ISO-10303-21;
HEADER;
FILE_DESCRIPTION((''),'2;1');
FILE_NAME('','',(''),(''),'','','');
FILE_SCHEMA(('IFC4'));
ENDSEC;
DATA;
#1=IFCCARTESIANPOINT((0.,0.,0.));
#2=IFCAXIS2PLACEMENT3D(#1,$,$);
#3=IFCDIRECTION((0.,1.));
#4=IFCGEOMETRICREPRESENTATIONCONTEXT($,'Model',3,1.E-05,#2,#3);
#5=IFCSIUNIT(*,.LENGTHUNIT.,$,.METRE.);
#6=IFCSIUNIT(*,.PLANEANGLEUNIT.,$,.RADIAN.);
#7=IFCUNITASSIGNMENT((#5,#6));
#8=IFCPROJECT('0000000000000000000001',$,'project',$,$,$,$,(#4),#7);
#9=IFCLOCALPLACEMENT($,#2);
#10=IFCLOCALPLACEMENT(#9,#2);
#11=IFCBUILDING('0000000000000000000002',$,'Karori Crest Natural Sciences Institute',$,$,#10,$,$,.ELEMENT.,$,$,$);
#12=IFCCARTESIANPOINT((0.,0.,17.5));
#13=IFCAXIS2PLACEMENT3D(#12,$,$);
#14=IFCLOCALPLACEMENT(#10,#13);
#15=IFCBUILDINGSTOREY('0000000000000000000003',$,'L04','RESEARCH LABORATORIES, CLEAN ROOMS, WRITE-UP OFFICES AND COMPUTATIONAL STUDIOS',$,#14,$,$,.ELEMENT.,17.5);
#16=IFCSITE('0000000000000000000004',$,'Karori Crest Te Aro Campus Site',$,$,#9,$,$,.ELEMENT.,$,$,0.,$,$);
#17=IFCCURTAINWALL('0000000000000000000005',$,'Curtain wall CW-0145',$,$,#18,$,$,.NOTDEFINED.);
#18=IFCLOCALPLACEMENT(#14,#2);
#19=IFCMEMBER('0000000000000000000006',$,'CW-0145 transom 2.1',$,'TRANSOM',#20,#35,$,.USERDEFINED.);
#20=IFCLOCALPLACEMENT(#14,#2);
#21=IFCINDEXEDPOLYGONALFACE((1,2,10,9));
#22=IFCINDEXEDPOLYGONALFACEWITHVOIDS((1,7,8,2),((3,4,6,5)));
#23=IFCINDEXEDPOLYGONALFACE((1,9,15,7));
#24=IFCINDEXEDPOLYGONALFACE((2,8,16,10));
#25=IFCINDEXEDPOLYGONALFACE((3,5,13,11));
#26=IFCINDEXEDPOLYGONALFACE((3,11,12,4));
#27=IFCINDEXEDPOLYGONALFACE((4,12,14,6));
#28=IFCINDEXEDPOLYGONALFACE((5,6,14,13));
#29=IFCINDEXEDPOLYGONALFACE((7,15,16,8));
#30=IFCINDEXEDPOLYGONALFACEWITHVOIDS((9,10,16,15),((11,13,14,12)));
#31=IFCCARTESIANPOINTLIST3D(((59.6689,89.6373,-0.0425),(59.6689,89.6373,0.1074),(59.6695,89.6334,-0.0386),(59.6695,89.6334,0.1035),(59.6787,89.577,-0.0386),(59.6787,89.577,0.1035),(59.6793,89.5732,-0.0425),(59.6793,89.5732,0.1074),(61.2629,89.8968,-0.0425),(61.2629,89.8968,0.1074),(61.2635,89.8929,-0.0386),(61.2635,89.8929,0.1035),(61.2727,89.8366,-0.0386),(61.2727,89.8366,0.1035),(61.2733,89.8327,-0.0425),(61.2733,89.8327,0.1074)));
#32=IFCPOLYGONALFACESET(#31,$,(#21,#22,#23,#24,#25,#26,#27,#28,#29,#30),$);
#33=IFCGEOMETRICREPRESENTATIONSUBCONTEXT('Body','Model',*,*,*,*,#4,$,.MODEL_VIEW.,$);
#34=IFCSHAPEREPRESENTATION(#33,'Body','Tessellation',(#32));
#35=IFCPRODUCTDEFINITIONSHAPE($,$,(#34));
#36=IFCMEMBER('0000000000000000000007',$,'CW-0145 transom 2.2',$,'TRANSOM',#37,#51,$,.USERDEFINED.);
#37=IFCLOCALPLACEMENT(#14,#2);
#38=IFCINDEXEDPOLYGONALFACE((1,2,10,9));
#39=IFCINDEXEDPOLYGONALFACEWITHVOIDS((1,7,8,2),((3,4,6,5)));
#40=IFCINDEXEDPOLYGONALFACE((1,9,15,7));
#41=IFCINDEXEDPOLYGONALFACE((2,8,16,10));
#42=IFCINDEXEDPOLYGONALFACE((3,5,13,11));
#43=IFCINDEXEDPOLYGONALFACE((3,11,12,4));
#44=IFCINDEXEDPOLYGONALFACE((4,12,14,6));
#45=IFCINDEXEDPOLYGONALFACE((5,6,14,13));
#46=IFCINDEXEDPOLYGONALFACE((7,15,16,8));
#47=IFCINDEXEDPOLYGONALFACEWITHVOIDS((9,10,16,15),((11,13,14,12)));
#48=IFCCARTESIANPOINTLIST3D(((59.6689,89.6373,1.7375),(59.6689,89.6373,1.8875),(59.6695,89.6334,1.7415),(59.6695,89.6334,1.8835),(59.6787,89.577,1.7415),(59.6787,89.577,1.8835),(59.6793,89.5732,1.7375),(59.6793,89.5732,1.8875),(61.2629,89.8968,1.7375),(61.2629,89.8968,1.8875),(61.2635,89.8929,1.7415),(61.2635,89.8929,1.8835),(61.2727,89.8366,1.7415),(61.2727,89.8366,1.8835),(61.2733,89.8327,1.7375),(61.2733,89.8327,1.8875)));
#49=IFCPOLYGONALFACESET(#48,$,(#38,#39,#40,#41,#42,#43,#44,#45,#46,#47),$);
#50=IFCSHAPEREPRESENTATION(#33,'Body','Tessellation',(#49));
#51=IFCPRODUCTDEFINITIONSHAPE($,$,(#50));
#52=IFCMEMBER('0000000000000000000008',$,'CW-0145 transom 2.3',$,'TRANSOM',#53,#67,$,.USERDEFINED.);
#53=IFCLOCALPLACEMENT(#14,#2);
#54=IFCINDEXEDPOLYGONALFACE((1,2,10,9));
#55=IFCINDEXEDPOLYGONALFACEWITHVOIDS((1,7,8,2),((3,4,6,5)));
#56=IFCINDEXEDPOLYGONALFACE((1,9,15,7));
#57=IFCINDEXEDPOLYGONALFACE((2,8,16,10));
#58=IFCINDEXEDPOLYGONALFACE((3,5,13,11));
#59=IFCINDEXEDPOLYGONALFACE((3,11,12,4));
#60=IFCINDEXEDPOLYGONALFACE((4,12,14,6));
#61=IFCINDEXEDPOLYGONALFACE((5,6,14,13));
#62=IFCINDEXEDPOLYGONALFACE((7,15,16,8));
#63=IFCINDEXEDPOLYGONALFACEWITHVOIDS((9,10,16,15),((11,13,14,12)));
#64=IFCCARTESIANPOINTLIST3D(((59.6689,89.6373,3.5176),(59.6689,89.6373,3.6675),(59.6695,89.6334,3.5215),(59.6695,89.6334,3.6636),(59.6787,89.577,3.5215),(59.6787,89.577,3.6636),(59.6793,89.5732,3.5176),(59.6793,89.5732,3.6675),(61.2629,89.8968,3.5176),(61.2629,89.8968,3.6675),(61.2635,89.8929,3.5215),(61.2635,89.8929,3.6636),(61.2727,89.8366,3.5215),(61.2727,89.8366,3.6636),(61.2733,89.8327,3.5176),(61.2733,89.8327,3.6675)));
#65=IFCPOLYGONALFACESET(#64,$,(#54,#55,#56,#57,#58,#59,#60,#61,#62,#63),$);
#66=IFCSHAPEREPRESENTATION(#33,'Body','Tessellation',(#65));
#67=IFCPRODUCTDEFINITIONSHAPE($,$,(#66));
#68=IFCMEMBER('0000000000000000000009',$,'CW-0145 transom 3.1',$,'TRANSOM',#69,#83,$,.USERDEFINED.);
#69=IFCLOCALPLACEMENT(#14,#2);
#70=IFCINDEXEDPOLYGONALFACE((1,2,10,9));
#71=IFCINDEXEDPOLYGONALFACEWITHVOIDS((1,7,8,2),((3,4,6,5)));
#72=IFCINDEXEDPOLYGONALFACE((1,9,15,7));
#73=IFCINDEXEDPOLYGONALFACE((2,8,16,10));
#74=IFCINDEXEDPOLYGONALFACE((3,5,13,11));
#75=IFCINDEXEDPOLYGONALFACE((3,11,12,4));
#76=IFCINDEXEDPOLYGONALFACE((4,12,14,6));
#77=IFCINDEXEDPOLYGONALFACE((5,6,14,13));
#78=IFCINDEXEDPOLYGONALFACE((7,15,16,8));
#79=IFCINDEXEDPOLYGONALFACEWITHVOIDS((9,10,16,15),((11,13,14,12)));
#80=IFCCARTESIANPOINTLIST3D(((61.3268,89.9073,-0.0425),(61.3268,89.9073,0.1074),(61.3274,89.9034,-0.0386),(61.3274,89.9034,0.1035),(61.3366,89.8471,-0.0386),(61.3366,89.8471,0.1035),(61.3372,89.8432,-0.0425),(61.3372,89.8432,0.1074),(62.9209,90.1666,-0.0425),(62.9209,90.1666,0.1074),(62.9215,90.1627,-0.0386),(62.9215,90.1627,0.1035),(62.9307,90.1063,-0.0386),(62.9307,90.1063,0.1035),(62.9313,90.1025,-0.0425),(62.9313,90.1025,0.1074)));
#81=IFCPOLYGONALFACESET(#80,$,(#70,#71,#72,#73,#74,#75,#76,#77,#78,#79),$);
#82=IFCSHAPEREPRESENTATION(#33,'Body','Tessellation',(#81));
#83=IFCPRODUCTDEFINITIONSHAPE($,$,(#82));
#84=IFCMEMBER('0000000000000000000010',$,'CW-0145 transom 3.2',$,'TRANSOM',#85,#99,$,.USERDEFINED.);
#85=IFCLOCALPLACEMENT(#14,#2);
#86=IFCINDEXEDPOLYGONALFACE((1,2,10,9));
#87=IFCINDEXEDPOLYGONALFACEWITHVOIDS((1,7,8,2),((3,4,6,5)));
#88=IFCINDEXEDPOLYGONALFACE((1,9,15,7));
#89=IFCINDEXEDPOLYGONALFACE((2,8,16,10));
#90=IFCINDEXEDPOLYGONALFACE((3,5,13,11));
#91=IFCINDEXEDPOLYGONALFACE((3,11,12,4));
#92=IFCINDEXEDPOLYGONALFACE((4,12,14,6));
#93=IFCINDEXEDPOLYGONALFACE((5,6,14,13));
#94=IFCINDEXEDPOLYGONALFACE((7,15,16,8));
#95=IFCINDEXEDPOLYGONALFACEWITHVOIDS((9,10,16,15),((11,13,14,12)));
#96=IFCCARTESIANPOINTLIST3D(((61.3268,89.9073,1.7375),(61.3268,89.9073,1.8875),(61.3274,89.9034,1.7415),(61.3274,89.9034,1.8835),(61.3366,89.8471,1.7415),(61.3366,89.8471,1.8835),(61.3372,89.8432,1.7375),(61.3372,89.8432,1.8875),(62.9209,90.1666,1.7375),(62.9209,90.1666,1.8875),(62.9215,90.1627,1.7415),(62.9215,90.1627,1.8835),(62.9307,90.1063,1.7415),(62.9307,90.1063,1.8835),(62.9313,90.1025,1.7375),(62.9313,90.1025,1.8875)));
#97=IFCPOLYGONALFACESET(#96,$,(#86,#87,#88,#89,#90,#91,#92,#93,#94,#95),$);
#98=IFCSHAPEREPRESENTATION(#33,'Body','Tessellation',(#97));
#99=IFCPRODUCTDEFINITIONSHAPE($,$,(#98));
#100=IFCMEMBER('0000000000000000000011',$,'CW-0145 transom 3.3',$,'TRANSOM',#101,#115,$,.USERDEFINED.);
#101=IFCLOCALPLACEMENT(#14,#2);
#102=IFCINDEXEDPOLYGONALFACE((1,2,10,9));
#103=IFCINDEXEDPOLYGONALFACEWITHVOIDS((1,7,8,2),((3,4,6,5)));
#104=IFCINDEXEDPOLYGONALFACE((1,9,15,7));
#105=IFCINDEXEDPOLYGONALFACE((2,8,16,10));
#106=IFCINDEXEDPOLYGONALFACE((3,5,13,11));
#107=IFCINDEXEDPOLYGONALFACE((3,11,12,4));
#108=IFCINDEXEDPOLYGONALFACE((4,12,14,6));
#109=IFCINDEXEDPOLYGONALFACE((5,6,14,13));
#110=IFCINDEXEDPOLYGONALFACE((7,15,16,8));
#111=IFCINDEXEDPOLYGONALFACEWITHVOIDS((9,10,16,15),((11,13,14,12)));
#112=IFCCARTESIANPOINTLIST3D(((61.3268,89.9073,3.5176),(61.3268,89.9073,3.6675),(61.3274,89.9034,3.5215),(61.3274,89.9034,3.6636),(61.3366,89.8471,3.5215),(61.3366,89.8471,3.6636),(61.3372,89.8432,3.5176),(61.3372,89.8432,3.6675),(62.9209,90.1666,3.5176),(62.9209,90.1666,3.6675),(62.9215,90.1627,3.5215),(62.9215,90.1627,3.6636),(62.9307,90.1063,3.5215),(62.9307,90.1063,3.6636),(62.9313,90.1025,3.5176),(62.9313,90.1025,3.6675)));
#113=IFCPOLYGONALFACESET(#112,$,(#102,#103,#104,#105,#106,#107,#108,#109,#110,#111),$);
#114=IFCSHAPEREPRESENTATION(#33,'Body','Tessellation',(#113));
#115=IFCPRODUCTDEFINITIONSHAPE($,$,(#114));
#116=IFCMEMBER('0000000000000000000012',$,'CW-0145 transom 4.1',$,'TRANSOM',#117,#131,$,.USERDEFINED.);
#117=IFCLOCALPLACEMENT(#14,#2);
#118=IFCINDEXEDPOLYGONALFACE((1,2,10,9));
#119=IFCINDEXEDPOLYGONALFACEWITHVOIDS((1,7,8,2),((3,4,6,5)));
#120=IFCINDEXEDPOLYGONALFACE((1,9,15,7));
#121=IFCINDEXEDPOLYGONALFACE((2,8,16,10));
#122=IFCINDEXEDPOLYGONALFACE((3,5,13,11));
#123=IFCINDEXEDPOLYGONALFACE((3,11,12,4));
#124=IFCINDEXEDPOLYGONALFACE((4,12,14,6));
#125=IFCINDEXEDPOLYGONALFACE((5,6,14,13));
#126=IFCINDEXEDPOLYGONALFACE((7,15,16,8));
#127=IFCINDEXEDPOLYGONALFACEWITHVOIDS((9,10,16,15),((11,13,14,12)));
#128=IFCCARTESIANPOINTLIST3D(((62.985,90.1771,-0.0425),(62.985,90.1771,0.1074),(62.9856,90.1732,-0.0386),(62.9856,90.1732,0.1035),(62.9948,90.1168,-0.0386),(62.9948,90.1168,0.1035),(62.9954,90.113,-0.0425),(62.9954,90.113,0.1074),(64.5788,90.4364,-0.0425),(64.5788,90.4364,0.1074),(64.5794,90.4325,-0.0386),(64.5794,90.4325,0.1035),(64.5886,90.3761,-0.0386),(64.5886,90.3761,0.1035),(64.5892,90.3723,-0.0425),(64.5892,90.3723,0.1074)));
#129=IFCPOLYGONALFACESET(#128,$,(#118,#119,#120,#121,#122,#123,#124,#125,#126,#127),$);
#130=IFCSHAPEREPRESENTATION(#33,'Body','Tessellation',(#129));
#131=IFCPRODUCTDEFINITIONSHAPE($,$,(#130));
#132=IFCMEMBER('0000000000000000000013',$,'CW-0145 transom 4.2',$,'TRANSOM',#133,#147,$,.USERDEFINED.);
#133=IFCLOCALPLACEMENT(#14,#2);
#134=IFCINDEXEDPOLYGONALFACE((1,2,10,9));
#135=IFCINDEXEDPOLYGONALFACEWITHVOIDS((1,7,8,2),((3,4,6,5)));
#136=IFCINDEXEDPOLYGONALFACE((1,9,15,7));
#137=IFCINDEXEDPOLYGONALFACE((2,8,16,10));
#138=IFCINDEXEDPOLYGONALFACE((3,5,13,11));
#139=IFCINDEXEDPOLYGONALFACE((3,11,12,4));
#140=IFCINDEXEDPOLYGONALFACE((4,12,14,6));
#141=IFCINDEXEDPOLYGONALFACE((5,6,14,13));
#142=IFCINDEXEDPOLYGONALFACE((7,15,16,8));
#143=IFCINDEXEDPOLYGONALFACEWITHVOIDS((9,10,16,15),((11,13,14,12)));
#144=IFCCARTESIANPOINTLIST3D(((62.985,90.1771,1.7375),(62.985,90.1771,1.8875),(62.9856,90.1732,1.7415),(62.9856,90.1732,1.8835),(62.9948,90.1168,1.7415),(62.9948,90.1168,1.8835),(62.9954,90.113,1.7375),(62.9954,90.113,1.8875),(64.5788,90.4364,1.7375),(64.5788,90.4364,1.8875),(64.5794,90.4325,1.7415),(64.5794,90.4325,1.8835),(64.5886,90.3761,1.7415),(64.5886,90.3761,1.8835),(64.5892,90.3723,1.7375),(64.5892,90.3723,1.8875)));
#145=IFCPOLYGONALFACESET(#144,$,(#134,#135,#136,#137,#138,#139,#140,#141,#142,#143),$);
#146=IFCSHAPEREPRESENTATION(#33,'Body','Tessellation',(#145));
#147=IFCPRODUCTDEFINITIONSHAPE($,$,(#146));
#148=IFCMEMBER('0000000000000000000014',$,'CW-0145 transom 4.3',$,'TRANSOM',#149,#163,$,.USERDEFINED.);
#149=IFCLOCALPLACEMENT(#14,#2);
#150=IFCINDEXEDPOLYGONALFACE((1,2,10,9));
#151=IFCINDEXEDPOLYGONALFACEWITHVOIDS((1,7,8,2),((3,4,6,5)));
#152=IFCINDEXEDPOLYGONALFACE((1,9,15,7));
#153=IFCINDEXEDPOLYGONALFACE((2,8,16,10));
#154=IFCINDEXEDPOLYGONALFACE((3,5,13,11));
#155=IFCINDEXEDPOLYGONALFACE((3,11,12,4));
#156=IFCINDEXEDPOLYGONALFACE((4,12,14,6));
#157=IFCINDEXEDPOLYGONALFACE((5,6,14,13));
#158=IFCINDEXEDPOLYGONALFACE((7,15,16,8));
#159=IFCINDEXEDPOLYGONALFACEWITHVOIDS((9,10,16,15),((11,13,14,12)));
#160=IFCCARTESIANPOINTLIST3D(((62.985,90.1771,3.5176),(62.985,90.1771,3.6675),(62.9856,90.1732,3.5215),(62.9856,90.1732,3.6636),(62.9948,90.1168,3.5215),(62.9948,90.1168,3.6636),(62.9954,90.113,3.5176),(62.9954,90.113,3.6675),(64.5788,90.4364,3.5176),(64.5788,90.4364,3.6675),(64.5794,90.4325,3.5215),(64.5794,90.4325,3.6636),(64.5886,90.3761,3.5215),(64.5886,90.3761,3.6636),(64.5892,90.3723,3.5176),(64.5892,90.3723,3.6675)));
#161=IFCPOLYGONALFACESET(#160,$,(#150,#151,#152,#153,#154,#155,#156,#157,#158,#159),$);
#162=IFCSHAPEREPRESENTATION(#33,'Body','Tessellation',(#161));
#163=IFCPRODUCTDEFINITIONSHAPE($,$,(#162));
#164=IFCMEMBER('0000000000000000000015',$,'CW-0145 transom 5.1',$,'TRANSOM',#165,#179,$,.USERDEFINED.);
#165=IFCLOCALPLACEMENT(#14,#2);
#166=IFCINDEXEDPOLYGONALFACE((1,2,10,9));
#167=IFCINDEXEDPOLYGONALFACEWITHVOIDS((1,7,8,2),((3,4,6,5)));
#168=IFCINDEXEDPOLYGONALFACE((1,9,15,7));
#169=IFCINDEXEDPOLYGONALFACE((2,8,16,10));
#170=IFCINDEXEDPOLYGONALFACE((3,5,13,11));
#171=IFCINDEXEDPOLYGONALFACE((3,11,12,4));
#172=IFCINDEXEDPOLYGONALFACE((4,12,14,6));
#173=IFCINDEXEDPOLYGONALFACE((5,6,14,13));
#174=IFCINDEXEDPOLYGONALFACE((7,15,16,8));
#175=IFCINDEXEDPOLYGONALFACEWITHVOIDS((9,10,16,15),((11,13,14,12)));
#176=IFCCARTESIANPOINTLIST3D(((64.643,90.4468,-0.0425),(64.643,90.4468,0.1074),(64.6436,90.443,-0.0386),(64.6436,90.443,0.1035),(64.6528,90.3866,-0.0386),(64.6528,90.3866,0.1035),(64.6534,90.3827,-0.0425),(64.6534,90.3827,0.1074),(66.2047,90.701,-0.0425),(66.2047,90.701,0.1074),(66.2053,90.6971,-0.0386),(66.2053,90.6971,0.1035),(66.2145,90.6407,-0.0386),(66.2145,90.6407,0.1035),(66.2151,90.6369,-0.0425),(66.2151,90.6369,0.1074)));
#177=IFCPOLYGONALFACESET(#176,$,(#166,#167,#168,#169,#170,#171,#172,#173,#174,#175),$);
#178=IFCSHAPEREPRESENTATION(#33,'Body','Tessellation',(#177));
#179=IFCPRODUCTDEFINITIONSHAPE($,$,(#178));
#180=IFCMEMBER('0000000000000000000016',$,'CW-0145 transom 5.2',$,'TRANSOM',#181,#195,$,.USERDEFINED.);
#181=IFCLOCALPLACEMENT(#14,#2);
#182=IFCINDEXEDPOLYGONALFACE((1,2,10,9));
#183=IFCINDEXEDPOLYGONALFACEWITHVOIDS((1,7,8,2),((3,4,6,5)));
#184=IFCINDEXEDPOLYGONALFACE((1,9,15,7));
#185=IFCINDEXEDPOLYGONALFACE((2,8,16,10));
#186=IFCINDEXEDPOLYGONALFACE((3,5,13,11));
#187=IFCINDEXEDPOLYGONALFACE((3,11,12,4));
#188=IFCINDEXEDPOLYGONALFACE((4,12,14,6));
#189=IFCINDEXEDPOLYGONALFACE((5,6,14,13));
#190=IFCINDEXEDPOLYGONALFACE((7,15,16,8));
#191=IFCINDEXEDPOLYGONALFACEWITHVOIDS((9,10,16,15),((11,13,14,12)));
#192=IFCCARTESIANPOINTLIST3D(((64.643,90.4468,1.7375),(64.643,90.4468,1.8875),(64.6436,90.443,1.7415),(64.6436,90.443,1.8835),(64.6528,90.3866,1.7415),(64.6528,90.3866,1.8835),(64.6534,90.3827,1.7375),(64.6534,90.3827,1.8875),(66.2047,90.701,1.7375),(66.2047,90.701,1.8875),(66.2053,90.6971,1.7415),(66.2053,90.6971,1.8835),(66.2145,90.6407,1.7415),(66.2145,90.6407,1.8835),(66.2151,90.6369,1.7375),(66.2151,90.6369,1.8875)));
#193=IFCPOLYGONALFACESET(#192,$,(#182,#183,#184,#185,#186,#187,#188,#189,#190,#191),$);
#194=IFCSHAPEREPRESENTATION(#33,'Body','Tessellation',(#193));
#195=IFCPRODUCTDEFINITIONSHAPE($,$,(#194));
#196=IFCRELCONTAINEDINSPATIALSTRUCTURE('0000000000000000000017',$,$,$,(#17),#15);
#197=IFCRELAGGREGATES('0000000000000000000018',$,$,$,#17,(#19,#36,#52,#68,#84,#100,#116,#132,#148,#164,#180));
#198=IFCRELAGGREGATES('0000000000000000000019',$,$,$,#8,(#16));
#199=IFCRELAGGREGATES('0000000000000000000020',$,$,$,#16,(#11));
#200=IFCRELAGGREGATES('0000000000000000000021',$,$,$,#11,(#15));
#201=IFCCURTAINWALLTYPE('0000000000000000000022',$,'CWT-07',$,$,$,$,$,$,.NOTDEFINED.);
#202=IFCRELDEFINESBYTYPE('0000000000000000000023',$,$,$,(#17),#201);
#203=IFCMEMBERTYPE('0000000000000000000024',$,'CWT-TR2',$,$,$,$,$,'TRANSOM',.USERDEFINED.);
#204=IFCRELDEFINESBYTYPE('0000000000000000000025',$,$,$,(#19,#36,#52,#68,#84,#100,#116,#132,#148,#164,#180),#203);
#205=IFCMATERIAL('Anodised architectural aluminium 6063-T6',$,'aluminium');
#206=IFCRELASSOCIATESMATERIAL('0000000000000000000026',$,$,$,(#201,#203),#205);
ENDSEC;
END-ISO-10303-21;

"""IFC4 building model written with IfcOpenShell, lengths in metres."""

from ifc_helpers import new_model, si_unit, direction, frame, origin, origin_2d, place, context, subcontext, project, spatial, hollow_rectangle, extrude, material, material_profile, profile_set, type_object, element, aggregate, save


model = new_model("IFC4")

# Units and contexts
model_context = context("Model", 3, precision=1e-05, world=origin(), true_north=direction((0.0, 1.0)))
body_context = subcontext(model_context, "Body", "Model", "MODEL_VIEW")
ifc_project = project(units=[si_unit("LENGTHUNIT", "METRE"), si_unit("PLANEANGLEUNIT", "RADIAN")], contexts=[model_context])

# Site, building, storey
site_placement = place(None, origin())
site = spatial("IfcSite", under=ifc_project, at=site_placement, Name="Karori Crest Te Aro Campus Site", CompositionType="ELEMENT", RefElevation=0.0)
building_placement = place(site_placement, origin())
building = spatial("IfcBuilding", under=site, at=building_placement, Name="Karori Crest Natural Sciences Institute", CompositionType="ELEMENT")
storey_placement = place(building_placement, frame((0.0, 0.0, 17.5)))
storey = spatial("IfcBuildingStorey", under=building, at=storey_placement, Name="L04", Description="RESEARCH LABORATORIES, CLEAN ROOMS, WRITE-UP OFFICES AND COMPUTATIONAL STUDIOS", CompositionType="ELEMENT", Elevation=17.5)

# Curtain wall, members
ifc_material_1 = material(Name="Anodised architectural aluminium 6063-T6", Category="aluminium")
curtain_wall_type = type_object("IfcCurtainWallType", Name="CWT-07", PredefinedType="NOTDEFINED", material=ifc_material_1)
curtain_wall_placement = place(storey_placement, origin())
curtain_wall = element("IfcCurtainWall", 1, at=curtain_wall_placement, inside=storey, type_object=curtain_wall_type, Name="Curtain wall CW-0145", PredefinedType="NOTDEFINED")
ifc_material_profile_1 = material_profile(ifc_material_1, hollow_rectangle(XDim=0.0649, YDim=0.1499, WallThickness=0.0039, at=origin_2d()), Name="CWT150x65x4")
ifc_profile_set_1 = profile_set([ifc_material_profile_1], Name="Anodised architectural aluminium 6063-T6")
member_type_1 = type_object("IfcMemberType", Name="CWT-TR2", ElementType="TRANSOM", PredefinedType="USERDEFINED", material=ifc_profile_set_1)
member_1_placement = place(storey_placement, frame((59.6741, 89.6052, 0.0325), z_axis=(0.987004, 0.160696, 0.0), x_axis=(-0.160696, 0.987004, 0.0)))
member_1 = element("IfcMember", 2, at=member_1_placement, type_object=member_type_1, Name="CW-0145 transom 2.1", ObjectType="TRANSOM", PredefinedType="USERDEFINED", context=body_context, shape_type="SweptSolid", body=[
    extrude(hollow_rectangle(XDim=0.0649, YDim=0.1499, WallThickness=0.0039, at=origin_2d()), origin(), (0.0, 0.0, 1.0), 1.615),
])
member_2_placement = place(storey_placement, frame((59.6741, 89.6052, 1.8125), z_axis=(0.987004, 0.160696, 0.0), x_axis=(-0.160696, 0.987004, 0.0)))
member_2 = element("IfcMember", 3, at=member_2_placement, type_object=member_type_1, Name="CW-0145 transom 2.2", ObjectType="TRANSOM", PredefinedType="USERDEFINED", context=body_context, shape_type="SweptSolid", body=[
    extrude(hollow_rectangle(XDim=0.0649, YDim=0.1499, WallThickness=0.0039, at=origin_2d()), origin(), (0.0, 0.0, 1.0), 1.615),
])
member_3_placement = place(storey_placement, frame((59.6741, 89.6052, 3.5925), z_axis=(0.987004, 0.160696, 0.0), x_axis=(-0.160696, 0.987004, 0.0)))
member_3 = element("IfcMember", 4, at=member_3_placement, type_object=member_type_1, Name="CW-0145 transom 2.3", ObjectType="TRANSOM", PredefinedType="USERDEFINED", context=body_context, shape_type="SweptSolid", body=[
    extrude(hollow_rectangle(XDim=0.0649, YDim=0.1499, WallThickness=0.0039, at=origin_2d()), origin(), (0.0, 0.0, 1.0), 1.615),
])
member_4_placement = place(storey_placement, frame((61.332, 89.8752, 0.0325), z_axis=(0.987028, 0.160549, 0.0), x_axis=(-0.160549, 0.987028, 0.0)))
member_4 = element("IfcMember", 5, at=member_4_placement, type_object=member_type_1, Name="CW-0145 transom 3.1", ObjectType="TRANSOM", PredefinedType="USERDEFINED", context=body_context, shape_type="SweptSolid", body=[
    extrude(hollow_rectangle(XDim=0.0649, YDim=0.1499, WallThickness=0.0039, at=origin_2d()), origin(), (0.0, 0.0, 1.0), 1.615),
])
member_5_placement = place(storey_placement, frame((61.332, 89.8752, 1.8125), z_axis=(0.987028, 0.160549, 0.0), x_axis=(-0.160549, 0.987028, 0.0)))
member_5 = element("IfcMember", 6, at=member_5_placement, type_object=member_type_1, Name="CW-0145 transom 3.2", ObjectType="TRANSOM", PredefinedType="USERDEFINED", context=body_context, shape_type="SweptSolid", body=[
    extrude(hollow_rectangle(XDim=0.0649, YDim=0.1499, WallThickness=0.0039, at=origin_2d()), origin(), (0.0, 0.0, 1.0), 1.615),
])
member_6_placement = place(storey_placement, frame((61.332, 89.8752, 3.5925), z_axis=(0.987028, 0.160549, 0.0), x_axis=(-0.160549, 0.987028, 0.0)))
member_6 = element("IfcMember", 7, at=member_6_placement, type_object=member_type_1, Name="CW-0145 transom 3.3", ObjectType="TRANSOM", PredefinedType="USERDEFINED", context=body_context, shape_type="SweptSolid", body=[
    extrude(hollow_rectangle(XDim=0.0649, YDim=0.1499, WallThickness=0.0039, at=origin_2d()), origin(), (0.0, 0.0, 1.0), 1.615),
])
member_7_placement = place(storey_placement, frame((62.9902, 90.145, 0.0325), z_axis=(0.987024, 0.160573, 0.0), x_axis=(-0.160573, 0.987024, 0.0)))
member_7 = element("IfcMember", 8, at=member_7_placement, type_object=member_type_1, Name="CW-0145 transom 4.1", ObjectType="TRANSOM", PredefinedType="USERDEFINED", context=body_context, shape_type="SweptSolid", body=[
    extrude(hollow_rectangle(XDim=0.0649, YDim=0.1499, WallThickness=0.0039, at=origin_2d()), origin(), (0.0, 0.0, 1.0), 1.6147),
])
member_8_placement = place(storey_placement, frame((62.9902, 90.145, 1.8125), z_axis=(0.987024, 0.160573, 0.0), x_axis=(-0.160573, 0.987024, 0.0)))
member_8 = element("IfcMember", 9, at=member_8_placement, type_object=member_type_1, Name="CW-0145 transom 4.2", ObjectType="TRANSOM", PredefinedType="USERDEFINED", context=body_context, shape_type="SweptSolid", body=[
    extrude(hollow_rectangle(XDim=0.0649, YDim=0.1499, WallThickness=0.0039, at=origin_2d()), origin(), (0.0, 0.0, 1.0), 1.6147),
])
member_9_placement = place(storey_placement, frame((62.9902, 90.145, 3.5925), z_axis=(0.987024, 0.160573, 0.0), x_axis=(-0.160573, 0.987024, 0.0)))
member_9 = element("IfcMember", 10, at=member_9_placement, type_object=member_type_1, Name="CW-0145 transom 4.3", ObjectType="TRANSOM", PredefinedType="USERDEFINED", context=body_context, shape_type="SweptSolid", body=[
    extrude(hollow_rectangle(XDim=0.0649, YDim=0.1499, WallThickness=0.0039, at=origin_2d()), origin(), (0.0, 0.0, 1.0), 1.6147),
])
member_10_placement = place(storey_placement, frame((64.6482, 90.4148, 0.0325), z_axis=(0.987016, 0.16062, 0.0), x_axis=(-0.16062, 0.987016, 0.0)))
member_10 = element("IfcMember", 11, at=member_10_placement, type_object=member_type_1, Name="CW-0145 transom 5.1", ObjectType="TRANSOM", PredefinedType="USERDEFINED", context=body_context, shape_type="SweptSolid", body=[
    extrude(hollow_rectangle(XDim=0.0649, YDim=0.1499, WallThickness=0.0039, at=origin_2d()), origin(), (0.0, 0.0, 1.0), 1.5823),
])
member_11_placement = place(storey_placement, frame((64.6482, 90.4148, 1.8125), z_axis=(0.987016, 0.16062, 0.0), x_axis=(-0.16062, 0.987016, 0.0)))
member_11 = element("IfcMember", 12, at=member_11_placement, type_object=member_type_1, Name="CW-0145 transom 5.2", ObjectType="TRANSOM", PredefinedType="USERDEFINED", context=body_context, shape_type="SweptSolid", body=[
    extrude(hollow_rectangle(XDim=0.0649, YDim=0.1499, WallThickness=0.0039, at=origin_2d()), origin(), (0.0, 0.0, 1.0), 1.5823),
])
aggregate(curtain_wall, [member_1, member_2, member_3, member_4, member_5, member_6, member_7, member_8, member_9, member_10, member_11])

save(model, "model.ifc")
